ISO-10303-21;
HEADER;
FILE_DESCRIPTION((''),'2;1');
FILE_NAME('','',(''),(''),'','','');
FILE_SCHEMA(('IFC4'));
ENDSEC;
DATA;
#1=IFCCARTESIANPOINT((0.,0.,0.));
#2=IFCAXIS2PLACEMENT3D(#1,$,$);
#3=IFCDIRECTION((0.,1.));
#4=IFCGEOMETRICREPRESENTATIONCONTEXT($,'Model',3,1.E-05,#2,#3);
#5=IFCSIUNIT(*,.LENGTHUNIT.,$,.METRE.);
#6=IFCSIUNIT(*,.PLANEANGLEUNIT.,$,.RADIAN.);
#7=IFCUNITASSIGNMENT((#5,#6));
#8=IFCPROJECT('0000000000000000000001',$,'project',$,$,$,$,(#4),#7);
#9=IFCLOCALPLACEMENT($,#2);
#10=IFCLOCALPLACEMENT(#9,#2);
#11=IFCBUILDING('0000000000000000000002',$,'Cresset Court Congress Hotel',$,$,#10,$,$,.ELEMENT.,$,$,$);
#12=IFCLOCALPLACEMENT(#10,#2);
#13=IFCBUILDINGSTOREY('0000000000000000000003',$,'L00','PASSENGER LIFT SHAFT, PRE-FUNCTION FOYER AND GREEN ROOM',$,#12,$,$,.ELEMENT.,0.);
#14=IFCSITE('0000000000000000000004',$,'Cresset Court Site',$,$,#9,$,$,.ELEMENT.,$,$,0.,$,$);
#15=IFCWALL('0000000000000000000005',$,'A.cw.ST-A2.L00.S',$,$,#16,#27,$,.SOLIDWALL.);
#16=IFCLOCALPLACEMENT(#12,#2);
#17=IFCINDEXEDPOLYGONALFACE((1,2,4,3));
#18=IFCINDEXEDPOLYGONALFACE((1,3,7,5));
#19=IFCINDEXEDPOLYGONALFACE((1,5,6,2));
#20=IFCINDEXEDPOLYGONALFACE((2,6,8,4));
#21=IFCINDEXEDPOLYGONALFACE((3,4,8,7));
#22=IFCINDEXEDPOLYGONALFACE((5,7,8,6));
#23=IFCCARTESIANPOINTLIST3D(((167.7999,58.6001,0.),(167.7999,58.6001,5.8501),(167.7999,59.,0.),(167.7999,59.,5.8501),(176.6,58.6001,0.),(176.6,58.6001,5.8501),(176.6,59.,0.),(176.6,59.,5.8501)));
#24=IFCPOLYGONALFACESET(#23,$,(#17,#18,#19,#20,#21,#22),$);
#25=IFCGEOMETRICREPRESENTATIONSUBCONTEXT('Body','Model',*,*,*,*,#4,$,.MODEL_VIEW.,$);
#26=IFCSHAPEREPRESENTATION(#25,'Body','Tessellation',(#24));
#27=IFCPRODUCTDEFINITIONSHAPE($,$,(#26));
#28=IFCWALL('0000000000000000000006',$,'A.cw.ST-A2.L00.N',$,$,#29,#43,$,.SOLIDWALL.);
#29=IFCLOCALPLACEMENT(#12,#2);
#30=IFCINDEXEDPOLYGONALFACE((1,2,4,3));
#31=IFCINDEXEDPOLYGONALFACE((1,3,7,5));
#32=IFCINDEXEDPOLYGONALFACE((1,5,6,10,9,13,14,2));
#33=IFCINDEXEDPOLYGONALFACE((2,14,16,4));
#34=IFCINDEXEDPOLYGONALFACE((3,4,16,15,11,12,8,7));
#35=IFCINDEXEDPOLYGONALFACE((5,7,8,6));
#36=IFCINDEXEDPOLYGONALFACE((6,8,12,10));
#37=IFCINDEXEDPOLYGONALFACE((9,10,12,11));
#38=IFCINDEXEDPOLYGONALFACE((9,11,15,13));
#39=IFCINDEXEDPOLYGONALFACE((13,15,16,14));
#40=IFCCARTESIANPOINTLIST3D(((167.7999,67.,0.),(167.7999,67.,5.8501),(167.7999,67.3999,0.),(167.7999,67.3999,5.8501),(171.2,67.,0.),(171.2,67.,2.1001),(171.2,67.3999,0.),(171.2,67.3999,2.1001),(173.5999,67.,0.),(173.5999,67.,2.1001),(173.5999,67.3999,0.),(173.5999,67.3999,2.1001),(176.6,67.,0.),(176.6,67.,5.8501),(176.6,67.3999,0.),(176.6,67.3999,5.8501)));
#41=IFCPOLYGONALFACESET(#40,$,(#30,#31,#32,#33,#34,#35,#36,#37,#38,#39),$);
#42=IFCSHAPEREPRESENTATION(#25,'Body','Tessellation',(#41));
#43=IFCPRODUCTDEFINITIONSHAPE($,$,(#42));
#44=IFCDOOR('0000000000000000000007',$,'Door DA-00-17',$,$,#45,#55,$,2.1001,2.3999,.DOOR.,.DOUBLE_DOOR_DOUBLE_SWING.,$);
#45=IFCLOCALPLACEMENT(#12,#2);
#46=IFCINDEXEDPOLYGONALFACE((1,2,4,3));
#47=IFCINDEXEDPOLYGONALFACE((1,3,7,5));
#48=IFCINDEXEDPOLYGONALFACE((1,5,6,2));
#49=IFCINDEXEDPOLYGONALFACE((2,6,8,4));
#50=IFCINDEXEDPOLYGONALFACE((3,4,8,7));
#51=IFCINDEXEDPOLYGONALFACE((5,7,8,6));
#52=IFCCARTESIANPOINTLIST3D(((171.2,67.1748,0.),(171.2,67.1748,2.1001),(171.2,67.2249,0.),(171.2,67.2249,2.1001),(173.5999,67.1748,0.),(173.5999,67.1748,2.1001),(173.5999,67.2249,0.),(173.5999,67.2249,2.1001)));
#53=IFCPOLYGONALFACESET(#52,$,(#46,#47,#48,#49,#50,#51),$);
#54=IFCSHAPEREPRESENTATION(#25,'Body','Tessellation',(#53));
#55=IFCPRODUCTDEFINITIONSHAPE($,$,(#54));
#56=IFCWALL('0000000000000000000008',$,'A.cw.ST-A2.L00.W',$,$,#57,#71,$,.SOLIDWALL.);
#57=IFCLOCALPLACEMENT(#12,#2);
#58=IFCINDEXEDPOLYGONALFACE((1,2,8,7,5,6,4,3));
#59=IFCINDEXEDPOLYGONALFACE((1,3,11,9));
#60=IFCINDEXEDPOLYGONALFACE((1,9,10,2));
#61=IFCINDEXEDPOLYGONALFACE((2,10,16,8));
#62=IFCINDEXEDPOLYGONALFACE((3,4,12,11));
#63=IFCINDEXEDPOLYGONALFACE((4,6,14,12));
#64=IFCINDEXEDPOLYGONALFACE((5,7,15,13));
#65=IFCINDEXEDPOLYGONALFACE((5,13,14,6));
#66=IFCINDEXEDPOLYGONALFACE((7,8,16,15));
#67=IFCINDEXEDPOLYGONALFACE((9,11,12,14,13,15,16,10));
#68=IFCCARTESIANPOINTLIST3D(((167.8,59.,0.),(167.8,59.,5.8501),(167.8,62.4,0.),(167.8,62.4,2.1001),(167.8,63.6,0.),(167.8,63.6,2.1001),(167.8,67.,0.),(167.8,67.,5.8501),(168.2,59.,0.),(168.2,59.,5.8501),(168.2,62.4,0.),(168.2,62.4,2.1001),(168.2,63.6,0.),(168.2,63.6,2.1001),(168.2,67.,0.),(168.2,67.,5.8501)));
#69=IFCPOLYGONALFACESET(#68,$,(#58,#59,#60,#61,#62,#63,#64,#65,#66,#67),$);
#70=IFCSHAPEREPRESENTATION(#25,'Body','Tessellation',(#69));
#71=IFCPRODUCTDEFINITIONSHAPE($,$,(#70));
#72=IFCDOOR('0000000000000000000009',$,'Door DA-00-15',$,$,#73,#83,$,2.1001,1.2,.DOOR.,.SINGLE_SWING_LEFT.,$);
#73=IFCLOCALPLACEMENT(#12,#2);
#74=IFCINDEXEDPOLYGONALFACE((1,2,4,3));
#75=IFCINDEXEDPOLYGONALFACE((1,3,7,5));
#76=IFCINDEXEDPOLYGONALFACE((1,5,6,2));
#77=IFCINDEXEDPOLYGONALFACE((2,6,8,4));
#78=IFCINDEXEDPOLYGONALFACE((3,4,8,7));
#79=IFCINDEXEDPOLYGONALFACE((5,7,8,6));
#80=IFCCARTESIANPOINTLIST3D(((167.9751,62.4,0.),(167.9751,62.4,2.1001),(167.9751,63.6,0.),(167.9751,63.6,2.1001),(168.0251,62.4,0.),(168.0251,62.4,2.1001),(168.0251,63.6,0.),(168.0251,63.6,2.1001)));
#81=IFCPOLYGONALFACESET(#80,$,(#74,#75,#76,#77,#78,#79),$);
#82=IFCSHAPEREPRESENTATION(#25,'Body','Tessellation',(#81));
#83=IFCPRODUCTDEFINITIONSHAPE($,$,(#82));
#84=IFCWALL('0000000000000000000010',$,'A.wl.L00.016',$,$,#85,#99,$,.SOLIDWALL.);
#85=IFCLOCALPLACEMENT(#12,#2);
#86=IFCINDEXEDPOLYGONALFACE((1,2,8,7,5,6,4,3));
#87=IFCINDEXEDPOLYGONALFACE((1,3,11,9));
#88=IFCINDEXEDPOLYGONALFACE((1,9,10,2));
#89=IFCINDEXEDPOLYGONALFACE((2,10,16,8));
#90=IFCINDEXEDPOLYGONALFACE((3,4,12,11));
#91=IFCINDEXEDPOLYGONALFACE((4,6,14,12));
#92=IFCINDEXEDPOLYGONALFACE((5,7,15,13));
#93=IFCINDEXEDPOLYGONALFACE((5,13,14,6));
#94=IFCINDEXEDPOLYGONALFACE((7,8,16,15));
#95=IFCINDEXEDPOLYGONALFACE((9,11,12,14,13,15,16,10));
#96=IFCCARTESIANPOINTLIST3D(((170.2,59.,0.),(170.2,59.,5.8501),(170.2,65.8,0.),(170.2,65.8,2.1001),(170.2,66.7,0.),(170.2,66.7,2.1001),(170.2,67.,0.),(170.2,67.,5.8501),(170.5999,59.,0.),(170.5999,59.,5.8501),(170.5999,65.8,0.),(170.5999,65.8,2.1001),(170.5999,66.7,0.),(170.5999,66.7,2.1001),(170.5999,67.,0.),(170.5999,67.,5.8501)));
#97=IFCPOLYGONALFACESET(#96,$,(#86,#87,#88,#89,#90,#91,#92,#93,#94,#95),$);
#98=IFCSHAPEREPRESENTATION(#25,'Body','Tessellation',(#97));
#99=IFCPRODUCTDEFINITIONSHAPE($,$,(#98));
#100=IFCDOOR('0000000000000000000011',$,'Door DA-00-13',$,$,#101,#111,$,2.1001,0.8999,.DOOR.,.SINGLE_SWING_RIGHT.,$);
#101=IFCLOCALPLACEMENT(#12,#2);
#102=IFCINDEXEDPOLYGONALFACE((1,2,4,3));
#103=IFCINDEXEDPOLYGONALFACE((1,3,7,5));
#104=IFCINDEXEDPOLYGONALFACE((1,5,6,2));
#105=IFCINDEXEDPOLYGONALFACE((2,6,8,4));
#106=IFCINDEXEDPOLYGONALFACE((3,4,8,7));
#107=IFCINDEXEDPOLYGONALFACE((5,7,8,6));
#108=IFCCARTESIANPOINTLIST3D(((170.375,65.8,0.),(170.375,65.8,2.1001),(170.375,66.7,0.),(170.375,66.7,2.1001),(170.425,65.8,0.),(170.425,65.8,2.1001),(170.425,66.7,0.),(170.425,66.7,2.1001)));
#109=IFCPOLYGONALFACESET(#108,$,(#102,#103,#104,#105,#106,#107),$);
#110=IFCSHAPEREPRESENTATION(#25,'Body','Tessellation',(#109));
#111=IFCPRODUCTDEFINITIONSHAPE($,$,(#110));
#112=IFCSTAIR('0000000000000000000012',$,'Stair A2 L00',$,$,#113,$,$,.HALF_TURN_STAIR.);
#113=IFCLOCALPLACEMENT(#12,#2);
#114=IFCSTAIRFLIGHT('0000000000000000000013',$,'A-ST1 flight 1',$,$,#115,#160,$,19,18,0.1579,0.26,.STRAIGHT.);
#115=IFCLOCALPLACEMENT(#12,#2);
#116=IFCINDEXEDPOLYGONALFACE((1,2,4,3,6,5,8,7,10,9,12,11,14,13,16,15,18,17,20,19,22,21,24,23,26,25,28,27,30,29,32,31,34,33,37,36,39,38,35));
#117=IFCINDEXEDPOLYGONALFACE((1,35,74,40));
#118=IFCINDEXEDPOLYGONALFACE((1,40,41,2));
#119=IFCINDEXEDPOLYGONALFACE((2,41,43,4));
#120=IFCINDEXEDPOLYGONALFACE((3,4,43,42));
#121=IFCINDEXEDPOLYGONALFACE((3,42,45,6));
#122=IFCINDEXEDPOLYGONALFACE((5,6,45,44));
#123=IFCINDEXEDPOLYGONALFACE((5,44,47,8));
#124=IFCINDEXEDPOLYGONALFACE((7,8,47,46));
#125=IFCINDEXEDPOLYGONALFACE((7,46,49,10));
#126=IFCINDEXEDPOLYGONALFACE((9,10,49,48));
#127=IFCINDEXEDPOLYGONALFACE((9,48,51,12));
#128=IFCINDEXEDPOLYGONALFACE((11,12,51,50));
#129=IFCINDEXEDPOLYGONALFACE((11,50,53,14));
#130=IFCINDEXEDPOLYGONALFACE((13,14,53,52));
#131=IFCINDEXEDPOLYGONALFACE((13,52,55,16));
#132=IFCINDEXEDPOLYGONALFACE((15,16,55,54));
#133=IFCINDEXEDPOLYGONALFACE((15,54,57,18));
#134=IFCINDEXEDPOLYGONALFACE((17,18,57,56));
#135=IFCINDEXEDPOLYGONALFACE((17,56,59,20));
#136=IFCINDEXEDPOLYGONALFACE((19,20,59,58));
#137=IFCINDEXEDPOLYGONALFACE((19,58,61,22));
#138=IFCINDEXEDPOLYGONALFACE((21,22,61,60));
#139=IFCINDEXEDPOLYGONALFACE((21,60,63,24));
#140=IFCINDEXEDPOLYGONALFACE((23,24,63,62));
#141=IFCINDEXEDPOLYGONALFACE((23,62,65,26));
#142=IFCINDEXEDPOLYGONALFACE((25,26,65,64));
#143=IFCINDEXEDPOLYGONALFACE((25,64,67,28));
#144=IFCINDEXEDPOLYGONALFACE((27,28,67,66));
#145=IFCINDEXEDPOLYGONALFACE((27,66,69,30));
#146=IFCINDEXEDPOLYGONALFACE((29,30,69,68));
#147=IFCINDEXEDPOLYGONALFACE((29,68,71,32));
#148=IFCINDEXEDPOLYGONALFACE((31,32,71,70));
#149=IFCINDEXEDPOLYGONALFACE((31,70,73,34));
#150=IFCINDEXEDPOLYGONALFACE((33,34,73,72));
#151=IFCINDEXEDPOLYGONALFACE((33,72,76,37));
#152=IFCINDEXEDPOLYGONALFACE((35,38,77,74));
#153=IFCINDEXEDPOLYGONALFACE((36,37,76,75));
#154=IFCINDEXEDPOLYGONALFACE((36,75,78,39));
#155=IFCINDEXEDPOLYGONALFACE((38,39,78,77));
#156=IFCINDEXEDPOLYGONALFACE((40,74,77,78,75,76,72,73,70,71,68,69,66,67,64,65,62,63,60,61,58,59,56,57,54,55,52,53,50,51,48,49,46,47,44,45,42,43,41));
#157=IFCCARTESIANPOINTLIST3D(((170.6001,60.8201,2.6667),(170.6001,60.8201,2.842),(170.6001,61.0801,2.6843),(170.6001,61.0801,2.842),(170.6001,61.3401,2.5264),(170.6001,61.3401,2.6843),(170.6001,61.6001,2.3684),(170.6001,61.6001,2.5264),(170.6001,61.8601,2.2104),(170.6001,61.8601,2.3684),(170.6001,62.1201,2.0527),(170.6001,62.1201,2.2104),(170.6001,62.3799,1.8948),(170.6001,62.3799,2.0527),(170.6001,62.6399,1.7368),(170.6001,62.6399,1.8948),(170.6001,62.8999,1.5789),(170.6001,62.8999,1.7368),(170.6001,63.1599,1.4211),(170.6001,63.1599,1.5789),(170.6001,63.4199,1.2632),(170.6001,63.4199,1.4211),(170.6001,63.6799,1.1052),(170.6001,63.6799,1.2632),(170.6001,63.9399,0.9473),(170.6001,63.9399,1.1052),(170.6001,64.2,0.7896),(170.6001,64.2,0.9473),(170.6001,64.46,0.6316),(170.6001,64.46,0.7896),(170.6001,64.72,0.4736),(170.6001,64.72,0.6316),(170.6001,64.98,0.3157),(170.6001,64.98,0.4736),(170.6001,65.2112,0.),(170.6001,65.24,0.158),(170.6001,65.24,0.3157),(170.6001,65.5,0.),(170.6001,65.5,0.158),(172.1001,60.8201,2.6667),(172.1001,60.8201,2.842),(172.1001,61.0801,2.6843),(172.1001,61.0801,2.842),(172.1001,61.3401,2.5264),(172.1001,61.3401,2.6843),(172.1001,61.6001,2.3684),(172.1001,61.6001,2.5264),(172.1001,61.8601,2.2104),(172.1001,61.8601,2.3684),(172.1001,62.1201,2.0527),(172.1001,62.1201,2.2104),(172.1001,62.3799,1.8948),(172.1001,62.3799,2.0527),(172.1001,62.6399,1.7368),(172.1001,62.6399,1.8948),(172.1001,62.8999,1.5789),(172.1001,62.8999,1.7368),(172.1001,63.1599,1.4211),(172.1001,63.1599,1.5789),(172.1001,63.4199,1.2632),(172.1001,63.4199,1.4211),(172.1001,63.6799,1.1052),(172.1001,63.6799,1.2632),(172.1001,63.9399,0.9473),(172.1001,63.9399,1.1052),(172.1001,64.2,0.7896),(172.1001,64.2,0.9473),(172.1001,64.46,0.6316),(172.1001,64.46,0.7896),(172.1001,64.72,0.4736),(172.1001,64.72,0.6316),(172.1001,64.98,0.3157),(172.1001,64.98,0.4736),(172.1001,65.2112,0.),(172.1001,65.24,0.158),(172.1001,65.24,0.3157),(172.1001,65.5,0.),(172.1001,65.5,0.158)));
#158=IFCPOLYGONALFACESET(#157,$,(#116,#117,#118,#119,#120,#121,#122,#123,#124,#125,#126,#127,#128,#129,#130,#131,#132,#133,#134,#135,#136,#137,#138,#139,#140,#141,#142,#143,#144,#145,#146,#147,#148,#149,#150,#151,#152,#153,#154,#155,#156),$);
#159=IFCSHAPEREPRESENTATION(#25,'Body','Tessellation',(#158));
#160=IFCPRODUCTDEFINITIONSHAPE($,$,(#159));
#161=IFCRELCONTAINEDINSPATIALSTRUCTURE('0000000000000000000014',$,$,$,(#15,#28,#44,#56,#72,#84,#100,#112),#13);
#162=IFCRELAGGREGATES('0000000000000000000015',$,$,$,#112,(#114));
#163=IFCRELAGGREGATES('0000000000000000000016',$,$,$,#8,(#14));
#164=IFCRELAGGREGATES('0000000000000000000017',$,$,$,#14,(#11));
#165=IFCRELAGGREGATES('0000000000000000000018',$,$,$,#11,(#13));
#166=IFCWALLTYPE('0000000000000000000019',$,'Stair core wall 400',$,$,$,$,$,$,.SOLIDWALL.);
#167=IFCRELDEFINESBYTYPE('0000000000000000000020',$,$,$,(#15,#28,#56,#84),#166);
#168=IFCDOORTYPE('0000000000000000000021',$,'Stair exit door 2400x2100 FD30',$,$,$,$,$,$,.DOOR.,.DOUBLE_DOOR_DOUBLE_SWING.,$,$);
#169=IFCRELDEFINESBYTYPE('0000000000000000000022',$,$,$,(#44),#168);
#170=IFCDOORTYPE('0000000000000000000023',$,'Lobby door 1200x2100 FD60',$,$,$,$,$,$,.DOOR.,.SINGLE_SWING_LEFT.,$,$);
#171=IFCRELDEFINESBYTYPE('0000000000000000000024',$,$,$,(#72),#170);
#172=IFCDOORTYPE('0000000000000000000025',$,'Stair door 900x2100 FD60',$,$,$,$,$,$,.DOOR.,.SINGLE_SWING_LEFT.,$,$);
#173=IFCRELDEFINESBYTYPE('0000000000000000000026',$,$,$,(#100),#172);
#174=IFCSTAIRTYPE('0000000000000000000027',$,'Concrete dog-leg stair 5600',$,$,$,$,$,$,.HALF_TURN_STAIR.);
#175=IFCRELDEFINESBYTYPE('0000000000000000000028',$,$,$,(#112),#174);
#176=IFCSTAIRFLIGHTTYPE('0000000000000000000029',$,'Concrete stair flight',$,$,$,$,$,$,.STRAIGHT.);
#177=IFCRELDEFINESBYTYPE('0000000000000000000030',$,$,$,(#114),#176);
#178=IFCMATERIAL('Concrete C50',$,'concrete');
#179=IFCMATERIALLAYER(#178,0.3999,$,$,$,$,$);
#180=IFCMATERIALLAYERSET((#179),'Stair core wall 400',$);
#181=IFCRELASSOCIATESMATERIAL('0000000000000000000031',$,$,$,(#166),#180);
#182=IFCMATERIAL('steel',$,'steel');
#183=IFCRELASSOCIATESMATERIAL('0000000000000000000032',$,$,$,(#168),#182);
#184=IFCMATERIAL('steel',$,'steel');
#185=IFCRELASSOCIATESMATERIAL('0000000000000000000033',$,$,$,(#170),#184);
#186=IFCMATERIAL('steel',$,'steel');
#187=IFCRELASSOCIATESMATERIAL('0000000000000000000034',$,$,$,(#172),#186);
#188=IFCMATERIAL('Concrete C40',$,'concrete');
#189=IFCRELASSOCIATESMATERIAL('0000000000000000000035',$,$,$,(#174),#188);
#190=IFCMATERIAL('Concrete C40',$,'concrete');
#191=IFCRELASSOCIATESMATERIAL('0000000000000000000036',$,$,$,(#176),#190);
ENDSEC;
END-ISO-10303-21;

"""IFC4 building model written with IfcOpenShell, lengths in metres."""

from ifc_helpers import new_model, si_unit, direction, frame, frame_2d, origin, place, context, subcontext, project, spatial, polyline, rectangle, outline, extrude, material, layer, layer_set, type_object, element, fill, aggregate, save


model = new_model("IFC4")

# Units and contexts
model_context = context("Model", 3, precision=1e-05, world=origin(), true_north=direction((0.0, 1.0)))
body_context = subcontext(model_context, "Body", "Model", "MODEL_VIEW")
ifc_project = project(units=[si_unit("LENGTHUNIT", "METRE"), si_unit("PLANEANGLEUNIT", "RADIAN")], contexts=[model_context])

# Site, building, storey
site_placement = place(None, origin())
site = spatial("IfcSite", under=ifc_project, at=site_placement, Name="Cresset Court Site", CompositionType="ELEMENT", RefElevation=0.0)
building_placement = place(site_placement, origin())
building = spatial("IfcBuilding", under=site, at=building_placement, Name="Cresset Court Congress Hotel", CompositionType="ELEMENT")
storey_placement = place(building_placement, origin())
storey = spatial("IfcBuildingStorey", under=building, at=storey_placement, Name="L00", Description="PASSENGER LIFT SHAFT, PRE-FUNCTION FOYER AND GREEN ROOM", CompositionType="ELEMENT", Elevation=0.0)

# Wall
ifc_material_1 = material(Name="Concrete C50", Category="concrete")
ifc_layer = layer(ifc_material_1, 0.3999)
ifc_layer_set = layer_set([ifc_layer], Name="Stair core wall 400")
wall_type = type_object("IfcWallType", Name="Stair core wall 400", PredefinedType="SOLIDWALL", material=ifc_layer_set)
wall_1_placement = place(storey_placement, frame((167.8, 58.8, 0.0), z_axis=(0.0, 0.0, 1.0), x_axis=(1.0, 0.0, 0.0)))
element("IfcWall", 1, at=wall_1_placement, inside=storey, type_object=wall_type, Name="A.cw.ST-A2.L00.S", PredefinedType="SOLIDWALL", context=body_context, shape_type="SweptSolid", body=[
    extrude(rectangle(XDim=8.8, YDim=0.3999, at=frame_2d((4.3999, 0.0))), origin(), (0.0, 0.0, 1.0), 5.8501),
])

# Walls, openings, doors
wall_2_placement = place(storey_placement, frame((167.8, 67.2, 0.0), z_axis=(0.0, 0.0, 1.0), x_axis=(1.0, 0.0, 0.0)))
wall_2 = element("IfcWall", 2, at=wall_2_placement, inside=storey, type_object=wall_type, Name="A.cw.ST-A2.L00.N", PredefinedType="SOLIDWALL", context=body_context, shape_type="SweptSolid", body=[
    extrude(rectangle(XDim=8.8, YDim=0.3999, at=frame_2d((4.3999, 0.0))), origin(), (0.0, 0.0, 1.0), 5.8501),
])
opening_1_placement = place(wall_2_placement, frame((3.3999, 0.0, 0.0)))
opening_1 = element("IfcOpeningElement", 3, at=opening_1_placement, cuts=wall_2, PredefinedType="OPENING", context=body_context, shape_type="SweptSolid", body=[
    extrude(rectangle(XDim=2.3999, YDim=2.1001, at=frame_2d((1.2, 1.05))), frame((0.0, 0.21, 0.0), z_axis=(0.0, -1.0, 0.0), x_axis=(1.0, 0.0, 0.0)), (0.0, 0.0, 1.0), 0.4199),
])
ifc_material_2 = material(Name="steel", Category="steel")
door_type_1 = type_object("IfcDoorType", Name="Stair exit door 2400x2100 FD30", OperationType="DOUBLE_DOOR_DOUBLE_SWING", PredefinedType="DOOR", material=ifc_material_2)
door_1_placement = place(opening_1_placement, origin())
door_1 = element("IfcDoor", 4, at=door_1_placement, inside=storey, type_object=door_type_1, Name="Door DA-00-17", OperationType="DOUBLE_DOOR_DOUBLE_SWING", OverallHeight=2.1001, OverallWidth=2.3999, PredefinedType="DOOR", context=body_context, shape_type="SweptSolid", body=[
    extrude(rectangle(XDim=2.3999, YDim=2.1001, at=frame_2d((1.2, 1.05))), frame((0.0, 0.0249, 0.0), z_axis=(0.0, -1.0, 0.0), x_axis=(1.0, 0.0, 0.0)), (0.0, 0.0, 1.0), 0.05),
])
fill(opening_1, door_1)
wall_3_placement = place(storey_placement, frame((168.0, 59.0, 0.0), z_axis=(0.0, 0.0, 1.0), x_axis=(0.0, 1.0, 0.0)))
wall_3 = element("IfcWall", 5, at=wall_3_placement, inside=storey, type_object=wall_type, Name="A.cw.ST-A2.L00.W", PredefinedType="SOLIDWALL", context=body_context, shape_type="SweptSolid", body=[
    extrude(rectangle(XDim=8.0, YDim=0.3999, at=frame_2d((4.0, 0.0))), origin(), (0.0, 0.0, 1.0), 5.8501),
])
opening_2_placement = place(wall_3_placement, frame((3.3999, 0.0, 0.0)))
opening_2 = element("IfcOpeningElement", 6, at=opening_2_placement, cuts=wall_3, PredefinedType="OPENING", context=body_context, shape_type="SweptSolid", body=[
    extrude(rectangle(XDim=1.2, YDim=2.1001, at=frame_2d((0.6001, 1.05))), frame((0.0, 0.21, 0.0), z_axis=(0.0, -1.0, 0.0), x_axis=(1.0, 0.0, 0.0)), (0.0, 0.0, 1.0), 0.4199),
])
ifc_material_3 = material(Name="steel", Category="steel")
door_type_2 = type_object("IfcDoorType", Name="Lobby door 1200x2100 FD60", OperationType="SINGLE_SWING_LEFT", PredefinedType="DOOR", material=ifc_material_3)
door_2_placement = place(opening_2_placement, origin())
door_2 = element("IfcDoor", 7, at=door_2_placement, inside=storey, type_object=door_type_2, Name="Door DA-00-15", OperationType="SINGLE_SWING_LEFT", OverallHeight=2.1001, OverallWidth=1.2, PredefinedType="DOOR", context=body_context, shape_type="SweptSolid", body=[
    extrude(rectangle(XDim=1.2, YDim=2.1001, at=frame_2d((0.6001, 1.05))), frame((0.0, 0.0249, 0.0), z_axis=(0.0, -1.0, 0.0), x_axis=(1.0, 0.0, 0.0)), (0.0, 0.0, 1.0), 0.05),
])
fill(opening_2, door_2)
wall_4_placement = place(storey_placement, frame((170.3999, 59.0, 0.0), z_axis=(0.0, 0.0, 1.0), x_axis=(0.0, 1.0, 0.0)))
wall_4 = element("IfcWall", 8, at=wall_4_placement, inside=storey, type_object=wall_type, Name="A.wl.L00.016", PredefinedType="SOLIDWALL", context=body_context, shape_type="SweptSolid", body=[
    extrude(rectangle(XDim=8.0, YDim=0.3999, at=frame_2d((4.0, 0.0))), origin(), (0.0, 0.0, 1.0), 5.8501),
])
opening_3_placement = place(wall_4_placement, frame((6.8, 0.0, 0.0)))
opening_3 = element("IfcOpeningElement", 9, at=opening_3_placement, cuts=wall_4, PredefinedType="OPENING", context=body_context, shape_type="SweptSolid", body=[
    extrude(rectangle(XDim=0.8999, YDim=2.1001, at=frame_2d((0.45, 1.05))), frame((0.0, 0.21, 0.0), z_axis=(0.0, -1.0, 0.0), x_axis=(1.0, 0.0, 0.0)), (0.0, 0.0, 1.0), 0.4199),
])
ifc_material_4 = material(Name="steel", Category="steel")
door_type_3 = type_object("IfcDoorType", Name="Stair door 900x2100 FD60", OperationType="SINGLE_SWING_LEFT", PredefinedType="DOOR", material=ifc_material_4)
door_3_placement = place(opening_3_placement, origin())
door_3 = element("IfcDoor", 10, at=door_3_placement, inside=storey, type_object=door_type_3, Name="Door DA-00-13", OperationType="SINGLE_SWING_RIGHT", OverallHeight=2.1001, OverallWidth=0.8999, PredefinedType="DOOR", context=body_context, shape_type="SweptSolid", body=[
    extrude(rectangle(XDim=0.8999, YDim=2.1001, at=frame_2d((0.45, 1.05))), frame((0.0, 0.0249, 0.0), z_axis=(0.0, -1.0, 0.0), x_axis=(1.0, 0.0, 0.0)), (0.0, 0.0, 1.0), 0.05),
])
fill(opening_3, door_3)

# Stair, stair flight
ifc_material_5 = material(Name="Concrete C40", Category="concrete")
stair_type = type_object("IfcStairType", Name="Concrete dog-leg stair 5600", PredefinedType="HALF_TURN_STAIR", material=ifc_material_5)
stair_placement = place(storey_placement, origin())
stair = element("IfcStair", 11, at=stair_placement, inside=storey, type_object=stair_type, Name="Stair A2 L00", PredefinedType="HALF_TURN_STAIR")
ifc_material_6 = material(Name="Concrete C40", Category="concrete")
stair_flight_type = type_object("IfcStairFlightType", Name="Concrete stair flight", PredefinedType="STRAIGHT", material=ifc_material_6)
stair_flight_placement = place(storey_placement, frame((171.3501, 65.5, 0.0), z_axis=(0.0, 0.0, 1.0), x_axis=(0.0, -1.0, 0.0)))
stair_flight = element("IfcStairFlight", 12, at=stair_flight_placement, type_object=stair_flight_type, Name="A-ST1 flight 1", NumberOfRisers=19, NumberOfTreads=18, PredefinedType="STRAIGHT", RiserHeight=0.1579, TreadLength=0.26, context=body_context, shape_type="SweptSolid", body=[
    extrude(outline(polyline([(0.0, 0.0), (0.0, 0.158), (0.26, 0.158), (0.26, 0.3157), (0.52, 0.3157), (0.52, 0.4736), (0.78, 0.4736), (0.78, 0.6316), (1.04, 0.6316), (1.04, 0.7896), (1.3, 0.7896), (1.3, 0.9473), (1.5601, 0.9473), (1.5601, 1.1052), (1.8201, 1.1052), (1.8201, 1.2632), (2.0801, 1.2632), (2.0801, 1.4211), (2.3401, 1.4211), (2.3401, 1.5789), (2.6001, 1.5789), (2.6001, 1.7368), (2.8601, 1.7368), (2.8601, 1.8948), (3.1201, 1.8948), (3.1201, 2.0527), (3.3799, 2.0527), (3.3799, 2.2104), (3.6399, 2.2104), (3.6399, 2.3684), (3.8999, 2.3684), (3.8999, 2.5264), (4.1599, 2.5264), (4.1599, 2.6843), (4.4199, 2.6843), (4.4199, 2.842), (4.6799, 2.842), (4.6799, 3.0), (4.6799, 2.6667), (0.2888, 0.0), (0.0, 0.0)])), frame((0.0, 0.75, 0.0), z_axis=(0.0, -1.0, 0.0), x_axis=(1.0, 0.0, 0.0)), (0.0, 0.0, 1.0), 1.5),
])
aggregate(stair, [stair_flight])

save(model, "model.ifc")
